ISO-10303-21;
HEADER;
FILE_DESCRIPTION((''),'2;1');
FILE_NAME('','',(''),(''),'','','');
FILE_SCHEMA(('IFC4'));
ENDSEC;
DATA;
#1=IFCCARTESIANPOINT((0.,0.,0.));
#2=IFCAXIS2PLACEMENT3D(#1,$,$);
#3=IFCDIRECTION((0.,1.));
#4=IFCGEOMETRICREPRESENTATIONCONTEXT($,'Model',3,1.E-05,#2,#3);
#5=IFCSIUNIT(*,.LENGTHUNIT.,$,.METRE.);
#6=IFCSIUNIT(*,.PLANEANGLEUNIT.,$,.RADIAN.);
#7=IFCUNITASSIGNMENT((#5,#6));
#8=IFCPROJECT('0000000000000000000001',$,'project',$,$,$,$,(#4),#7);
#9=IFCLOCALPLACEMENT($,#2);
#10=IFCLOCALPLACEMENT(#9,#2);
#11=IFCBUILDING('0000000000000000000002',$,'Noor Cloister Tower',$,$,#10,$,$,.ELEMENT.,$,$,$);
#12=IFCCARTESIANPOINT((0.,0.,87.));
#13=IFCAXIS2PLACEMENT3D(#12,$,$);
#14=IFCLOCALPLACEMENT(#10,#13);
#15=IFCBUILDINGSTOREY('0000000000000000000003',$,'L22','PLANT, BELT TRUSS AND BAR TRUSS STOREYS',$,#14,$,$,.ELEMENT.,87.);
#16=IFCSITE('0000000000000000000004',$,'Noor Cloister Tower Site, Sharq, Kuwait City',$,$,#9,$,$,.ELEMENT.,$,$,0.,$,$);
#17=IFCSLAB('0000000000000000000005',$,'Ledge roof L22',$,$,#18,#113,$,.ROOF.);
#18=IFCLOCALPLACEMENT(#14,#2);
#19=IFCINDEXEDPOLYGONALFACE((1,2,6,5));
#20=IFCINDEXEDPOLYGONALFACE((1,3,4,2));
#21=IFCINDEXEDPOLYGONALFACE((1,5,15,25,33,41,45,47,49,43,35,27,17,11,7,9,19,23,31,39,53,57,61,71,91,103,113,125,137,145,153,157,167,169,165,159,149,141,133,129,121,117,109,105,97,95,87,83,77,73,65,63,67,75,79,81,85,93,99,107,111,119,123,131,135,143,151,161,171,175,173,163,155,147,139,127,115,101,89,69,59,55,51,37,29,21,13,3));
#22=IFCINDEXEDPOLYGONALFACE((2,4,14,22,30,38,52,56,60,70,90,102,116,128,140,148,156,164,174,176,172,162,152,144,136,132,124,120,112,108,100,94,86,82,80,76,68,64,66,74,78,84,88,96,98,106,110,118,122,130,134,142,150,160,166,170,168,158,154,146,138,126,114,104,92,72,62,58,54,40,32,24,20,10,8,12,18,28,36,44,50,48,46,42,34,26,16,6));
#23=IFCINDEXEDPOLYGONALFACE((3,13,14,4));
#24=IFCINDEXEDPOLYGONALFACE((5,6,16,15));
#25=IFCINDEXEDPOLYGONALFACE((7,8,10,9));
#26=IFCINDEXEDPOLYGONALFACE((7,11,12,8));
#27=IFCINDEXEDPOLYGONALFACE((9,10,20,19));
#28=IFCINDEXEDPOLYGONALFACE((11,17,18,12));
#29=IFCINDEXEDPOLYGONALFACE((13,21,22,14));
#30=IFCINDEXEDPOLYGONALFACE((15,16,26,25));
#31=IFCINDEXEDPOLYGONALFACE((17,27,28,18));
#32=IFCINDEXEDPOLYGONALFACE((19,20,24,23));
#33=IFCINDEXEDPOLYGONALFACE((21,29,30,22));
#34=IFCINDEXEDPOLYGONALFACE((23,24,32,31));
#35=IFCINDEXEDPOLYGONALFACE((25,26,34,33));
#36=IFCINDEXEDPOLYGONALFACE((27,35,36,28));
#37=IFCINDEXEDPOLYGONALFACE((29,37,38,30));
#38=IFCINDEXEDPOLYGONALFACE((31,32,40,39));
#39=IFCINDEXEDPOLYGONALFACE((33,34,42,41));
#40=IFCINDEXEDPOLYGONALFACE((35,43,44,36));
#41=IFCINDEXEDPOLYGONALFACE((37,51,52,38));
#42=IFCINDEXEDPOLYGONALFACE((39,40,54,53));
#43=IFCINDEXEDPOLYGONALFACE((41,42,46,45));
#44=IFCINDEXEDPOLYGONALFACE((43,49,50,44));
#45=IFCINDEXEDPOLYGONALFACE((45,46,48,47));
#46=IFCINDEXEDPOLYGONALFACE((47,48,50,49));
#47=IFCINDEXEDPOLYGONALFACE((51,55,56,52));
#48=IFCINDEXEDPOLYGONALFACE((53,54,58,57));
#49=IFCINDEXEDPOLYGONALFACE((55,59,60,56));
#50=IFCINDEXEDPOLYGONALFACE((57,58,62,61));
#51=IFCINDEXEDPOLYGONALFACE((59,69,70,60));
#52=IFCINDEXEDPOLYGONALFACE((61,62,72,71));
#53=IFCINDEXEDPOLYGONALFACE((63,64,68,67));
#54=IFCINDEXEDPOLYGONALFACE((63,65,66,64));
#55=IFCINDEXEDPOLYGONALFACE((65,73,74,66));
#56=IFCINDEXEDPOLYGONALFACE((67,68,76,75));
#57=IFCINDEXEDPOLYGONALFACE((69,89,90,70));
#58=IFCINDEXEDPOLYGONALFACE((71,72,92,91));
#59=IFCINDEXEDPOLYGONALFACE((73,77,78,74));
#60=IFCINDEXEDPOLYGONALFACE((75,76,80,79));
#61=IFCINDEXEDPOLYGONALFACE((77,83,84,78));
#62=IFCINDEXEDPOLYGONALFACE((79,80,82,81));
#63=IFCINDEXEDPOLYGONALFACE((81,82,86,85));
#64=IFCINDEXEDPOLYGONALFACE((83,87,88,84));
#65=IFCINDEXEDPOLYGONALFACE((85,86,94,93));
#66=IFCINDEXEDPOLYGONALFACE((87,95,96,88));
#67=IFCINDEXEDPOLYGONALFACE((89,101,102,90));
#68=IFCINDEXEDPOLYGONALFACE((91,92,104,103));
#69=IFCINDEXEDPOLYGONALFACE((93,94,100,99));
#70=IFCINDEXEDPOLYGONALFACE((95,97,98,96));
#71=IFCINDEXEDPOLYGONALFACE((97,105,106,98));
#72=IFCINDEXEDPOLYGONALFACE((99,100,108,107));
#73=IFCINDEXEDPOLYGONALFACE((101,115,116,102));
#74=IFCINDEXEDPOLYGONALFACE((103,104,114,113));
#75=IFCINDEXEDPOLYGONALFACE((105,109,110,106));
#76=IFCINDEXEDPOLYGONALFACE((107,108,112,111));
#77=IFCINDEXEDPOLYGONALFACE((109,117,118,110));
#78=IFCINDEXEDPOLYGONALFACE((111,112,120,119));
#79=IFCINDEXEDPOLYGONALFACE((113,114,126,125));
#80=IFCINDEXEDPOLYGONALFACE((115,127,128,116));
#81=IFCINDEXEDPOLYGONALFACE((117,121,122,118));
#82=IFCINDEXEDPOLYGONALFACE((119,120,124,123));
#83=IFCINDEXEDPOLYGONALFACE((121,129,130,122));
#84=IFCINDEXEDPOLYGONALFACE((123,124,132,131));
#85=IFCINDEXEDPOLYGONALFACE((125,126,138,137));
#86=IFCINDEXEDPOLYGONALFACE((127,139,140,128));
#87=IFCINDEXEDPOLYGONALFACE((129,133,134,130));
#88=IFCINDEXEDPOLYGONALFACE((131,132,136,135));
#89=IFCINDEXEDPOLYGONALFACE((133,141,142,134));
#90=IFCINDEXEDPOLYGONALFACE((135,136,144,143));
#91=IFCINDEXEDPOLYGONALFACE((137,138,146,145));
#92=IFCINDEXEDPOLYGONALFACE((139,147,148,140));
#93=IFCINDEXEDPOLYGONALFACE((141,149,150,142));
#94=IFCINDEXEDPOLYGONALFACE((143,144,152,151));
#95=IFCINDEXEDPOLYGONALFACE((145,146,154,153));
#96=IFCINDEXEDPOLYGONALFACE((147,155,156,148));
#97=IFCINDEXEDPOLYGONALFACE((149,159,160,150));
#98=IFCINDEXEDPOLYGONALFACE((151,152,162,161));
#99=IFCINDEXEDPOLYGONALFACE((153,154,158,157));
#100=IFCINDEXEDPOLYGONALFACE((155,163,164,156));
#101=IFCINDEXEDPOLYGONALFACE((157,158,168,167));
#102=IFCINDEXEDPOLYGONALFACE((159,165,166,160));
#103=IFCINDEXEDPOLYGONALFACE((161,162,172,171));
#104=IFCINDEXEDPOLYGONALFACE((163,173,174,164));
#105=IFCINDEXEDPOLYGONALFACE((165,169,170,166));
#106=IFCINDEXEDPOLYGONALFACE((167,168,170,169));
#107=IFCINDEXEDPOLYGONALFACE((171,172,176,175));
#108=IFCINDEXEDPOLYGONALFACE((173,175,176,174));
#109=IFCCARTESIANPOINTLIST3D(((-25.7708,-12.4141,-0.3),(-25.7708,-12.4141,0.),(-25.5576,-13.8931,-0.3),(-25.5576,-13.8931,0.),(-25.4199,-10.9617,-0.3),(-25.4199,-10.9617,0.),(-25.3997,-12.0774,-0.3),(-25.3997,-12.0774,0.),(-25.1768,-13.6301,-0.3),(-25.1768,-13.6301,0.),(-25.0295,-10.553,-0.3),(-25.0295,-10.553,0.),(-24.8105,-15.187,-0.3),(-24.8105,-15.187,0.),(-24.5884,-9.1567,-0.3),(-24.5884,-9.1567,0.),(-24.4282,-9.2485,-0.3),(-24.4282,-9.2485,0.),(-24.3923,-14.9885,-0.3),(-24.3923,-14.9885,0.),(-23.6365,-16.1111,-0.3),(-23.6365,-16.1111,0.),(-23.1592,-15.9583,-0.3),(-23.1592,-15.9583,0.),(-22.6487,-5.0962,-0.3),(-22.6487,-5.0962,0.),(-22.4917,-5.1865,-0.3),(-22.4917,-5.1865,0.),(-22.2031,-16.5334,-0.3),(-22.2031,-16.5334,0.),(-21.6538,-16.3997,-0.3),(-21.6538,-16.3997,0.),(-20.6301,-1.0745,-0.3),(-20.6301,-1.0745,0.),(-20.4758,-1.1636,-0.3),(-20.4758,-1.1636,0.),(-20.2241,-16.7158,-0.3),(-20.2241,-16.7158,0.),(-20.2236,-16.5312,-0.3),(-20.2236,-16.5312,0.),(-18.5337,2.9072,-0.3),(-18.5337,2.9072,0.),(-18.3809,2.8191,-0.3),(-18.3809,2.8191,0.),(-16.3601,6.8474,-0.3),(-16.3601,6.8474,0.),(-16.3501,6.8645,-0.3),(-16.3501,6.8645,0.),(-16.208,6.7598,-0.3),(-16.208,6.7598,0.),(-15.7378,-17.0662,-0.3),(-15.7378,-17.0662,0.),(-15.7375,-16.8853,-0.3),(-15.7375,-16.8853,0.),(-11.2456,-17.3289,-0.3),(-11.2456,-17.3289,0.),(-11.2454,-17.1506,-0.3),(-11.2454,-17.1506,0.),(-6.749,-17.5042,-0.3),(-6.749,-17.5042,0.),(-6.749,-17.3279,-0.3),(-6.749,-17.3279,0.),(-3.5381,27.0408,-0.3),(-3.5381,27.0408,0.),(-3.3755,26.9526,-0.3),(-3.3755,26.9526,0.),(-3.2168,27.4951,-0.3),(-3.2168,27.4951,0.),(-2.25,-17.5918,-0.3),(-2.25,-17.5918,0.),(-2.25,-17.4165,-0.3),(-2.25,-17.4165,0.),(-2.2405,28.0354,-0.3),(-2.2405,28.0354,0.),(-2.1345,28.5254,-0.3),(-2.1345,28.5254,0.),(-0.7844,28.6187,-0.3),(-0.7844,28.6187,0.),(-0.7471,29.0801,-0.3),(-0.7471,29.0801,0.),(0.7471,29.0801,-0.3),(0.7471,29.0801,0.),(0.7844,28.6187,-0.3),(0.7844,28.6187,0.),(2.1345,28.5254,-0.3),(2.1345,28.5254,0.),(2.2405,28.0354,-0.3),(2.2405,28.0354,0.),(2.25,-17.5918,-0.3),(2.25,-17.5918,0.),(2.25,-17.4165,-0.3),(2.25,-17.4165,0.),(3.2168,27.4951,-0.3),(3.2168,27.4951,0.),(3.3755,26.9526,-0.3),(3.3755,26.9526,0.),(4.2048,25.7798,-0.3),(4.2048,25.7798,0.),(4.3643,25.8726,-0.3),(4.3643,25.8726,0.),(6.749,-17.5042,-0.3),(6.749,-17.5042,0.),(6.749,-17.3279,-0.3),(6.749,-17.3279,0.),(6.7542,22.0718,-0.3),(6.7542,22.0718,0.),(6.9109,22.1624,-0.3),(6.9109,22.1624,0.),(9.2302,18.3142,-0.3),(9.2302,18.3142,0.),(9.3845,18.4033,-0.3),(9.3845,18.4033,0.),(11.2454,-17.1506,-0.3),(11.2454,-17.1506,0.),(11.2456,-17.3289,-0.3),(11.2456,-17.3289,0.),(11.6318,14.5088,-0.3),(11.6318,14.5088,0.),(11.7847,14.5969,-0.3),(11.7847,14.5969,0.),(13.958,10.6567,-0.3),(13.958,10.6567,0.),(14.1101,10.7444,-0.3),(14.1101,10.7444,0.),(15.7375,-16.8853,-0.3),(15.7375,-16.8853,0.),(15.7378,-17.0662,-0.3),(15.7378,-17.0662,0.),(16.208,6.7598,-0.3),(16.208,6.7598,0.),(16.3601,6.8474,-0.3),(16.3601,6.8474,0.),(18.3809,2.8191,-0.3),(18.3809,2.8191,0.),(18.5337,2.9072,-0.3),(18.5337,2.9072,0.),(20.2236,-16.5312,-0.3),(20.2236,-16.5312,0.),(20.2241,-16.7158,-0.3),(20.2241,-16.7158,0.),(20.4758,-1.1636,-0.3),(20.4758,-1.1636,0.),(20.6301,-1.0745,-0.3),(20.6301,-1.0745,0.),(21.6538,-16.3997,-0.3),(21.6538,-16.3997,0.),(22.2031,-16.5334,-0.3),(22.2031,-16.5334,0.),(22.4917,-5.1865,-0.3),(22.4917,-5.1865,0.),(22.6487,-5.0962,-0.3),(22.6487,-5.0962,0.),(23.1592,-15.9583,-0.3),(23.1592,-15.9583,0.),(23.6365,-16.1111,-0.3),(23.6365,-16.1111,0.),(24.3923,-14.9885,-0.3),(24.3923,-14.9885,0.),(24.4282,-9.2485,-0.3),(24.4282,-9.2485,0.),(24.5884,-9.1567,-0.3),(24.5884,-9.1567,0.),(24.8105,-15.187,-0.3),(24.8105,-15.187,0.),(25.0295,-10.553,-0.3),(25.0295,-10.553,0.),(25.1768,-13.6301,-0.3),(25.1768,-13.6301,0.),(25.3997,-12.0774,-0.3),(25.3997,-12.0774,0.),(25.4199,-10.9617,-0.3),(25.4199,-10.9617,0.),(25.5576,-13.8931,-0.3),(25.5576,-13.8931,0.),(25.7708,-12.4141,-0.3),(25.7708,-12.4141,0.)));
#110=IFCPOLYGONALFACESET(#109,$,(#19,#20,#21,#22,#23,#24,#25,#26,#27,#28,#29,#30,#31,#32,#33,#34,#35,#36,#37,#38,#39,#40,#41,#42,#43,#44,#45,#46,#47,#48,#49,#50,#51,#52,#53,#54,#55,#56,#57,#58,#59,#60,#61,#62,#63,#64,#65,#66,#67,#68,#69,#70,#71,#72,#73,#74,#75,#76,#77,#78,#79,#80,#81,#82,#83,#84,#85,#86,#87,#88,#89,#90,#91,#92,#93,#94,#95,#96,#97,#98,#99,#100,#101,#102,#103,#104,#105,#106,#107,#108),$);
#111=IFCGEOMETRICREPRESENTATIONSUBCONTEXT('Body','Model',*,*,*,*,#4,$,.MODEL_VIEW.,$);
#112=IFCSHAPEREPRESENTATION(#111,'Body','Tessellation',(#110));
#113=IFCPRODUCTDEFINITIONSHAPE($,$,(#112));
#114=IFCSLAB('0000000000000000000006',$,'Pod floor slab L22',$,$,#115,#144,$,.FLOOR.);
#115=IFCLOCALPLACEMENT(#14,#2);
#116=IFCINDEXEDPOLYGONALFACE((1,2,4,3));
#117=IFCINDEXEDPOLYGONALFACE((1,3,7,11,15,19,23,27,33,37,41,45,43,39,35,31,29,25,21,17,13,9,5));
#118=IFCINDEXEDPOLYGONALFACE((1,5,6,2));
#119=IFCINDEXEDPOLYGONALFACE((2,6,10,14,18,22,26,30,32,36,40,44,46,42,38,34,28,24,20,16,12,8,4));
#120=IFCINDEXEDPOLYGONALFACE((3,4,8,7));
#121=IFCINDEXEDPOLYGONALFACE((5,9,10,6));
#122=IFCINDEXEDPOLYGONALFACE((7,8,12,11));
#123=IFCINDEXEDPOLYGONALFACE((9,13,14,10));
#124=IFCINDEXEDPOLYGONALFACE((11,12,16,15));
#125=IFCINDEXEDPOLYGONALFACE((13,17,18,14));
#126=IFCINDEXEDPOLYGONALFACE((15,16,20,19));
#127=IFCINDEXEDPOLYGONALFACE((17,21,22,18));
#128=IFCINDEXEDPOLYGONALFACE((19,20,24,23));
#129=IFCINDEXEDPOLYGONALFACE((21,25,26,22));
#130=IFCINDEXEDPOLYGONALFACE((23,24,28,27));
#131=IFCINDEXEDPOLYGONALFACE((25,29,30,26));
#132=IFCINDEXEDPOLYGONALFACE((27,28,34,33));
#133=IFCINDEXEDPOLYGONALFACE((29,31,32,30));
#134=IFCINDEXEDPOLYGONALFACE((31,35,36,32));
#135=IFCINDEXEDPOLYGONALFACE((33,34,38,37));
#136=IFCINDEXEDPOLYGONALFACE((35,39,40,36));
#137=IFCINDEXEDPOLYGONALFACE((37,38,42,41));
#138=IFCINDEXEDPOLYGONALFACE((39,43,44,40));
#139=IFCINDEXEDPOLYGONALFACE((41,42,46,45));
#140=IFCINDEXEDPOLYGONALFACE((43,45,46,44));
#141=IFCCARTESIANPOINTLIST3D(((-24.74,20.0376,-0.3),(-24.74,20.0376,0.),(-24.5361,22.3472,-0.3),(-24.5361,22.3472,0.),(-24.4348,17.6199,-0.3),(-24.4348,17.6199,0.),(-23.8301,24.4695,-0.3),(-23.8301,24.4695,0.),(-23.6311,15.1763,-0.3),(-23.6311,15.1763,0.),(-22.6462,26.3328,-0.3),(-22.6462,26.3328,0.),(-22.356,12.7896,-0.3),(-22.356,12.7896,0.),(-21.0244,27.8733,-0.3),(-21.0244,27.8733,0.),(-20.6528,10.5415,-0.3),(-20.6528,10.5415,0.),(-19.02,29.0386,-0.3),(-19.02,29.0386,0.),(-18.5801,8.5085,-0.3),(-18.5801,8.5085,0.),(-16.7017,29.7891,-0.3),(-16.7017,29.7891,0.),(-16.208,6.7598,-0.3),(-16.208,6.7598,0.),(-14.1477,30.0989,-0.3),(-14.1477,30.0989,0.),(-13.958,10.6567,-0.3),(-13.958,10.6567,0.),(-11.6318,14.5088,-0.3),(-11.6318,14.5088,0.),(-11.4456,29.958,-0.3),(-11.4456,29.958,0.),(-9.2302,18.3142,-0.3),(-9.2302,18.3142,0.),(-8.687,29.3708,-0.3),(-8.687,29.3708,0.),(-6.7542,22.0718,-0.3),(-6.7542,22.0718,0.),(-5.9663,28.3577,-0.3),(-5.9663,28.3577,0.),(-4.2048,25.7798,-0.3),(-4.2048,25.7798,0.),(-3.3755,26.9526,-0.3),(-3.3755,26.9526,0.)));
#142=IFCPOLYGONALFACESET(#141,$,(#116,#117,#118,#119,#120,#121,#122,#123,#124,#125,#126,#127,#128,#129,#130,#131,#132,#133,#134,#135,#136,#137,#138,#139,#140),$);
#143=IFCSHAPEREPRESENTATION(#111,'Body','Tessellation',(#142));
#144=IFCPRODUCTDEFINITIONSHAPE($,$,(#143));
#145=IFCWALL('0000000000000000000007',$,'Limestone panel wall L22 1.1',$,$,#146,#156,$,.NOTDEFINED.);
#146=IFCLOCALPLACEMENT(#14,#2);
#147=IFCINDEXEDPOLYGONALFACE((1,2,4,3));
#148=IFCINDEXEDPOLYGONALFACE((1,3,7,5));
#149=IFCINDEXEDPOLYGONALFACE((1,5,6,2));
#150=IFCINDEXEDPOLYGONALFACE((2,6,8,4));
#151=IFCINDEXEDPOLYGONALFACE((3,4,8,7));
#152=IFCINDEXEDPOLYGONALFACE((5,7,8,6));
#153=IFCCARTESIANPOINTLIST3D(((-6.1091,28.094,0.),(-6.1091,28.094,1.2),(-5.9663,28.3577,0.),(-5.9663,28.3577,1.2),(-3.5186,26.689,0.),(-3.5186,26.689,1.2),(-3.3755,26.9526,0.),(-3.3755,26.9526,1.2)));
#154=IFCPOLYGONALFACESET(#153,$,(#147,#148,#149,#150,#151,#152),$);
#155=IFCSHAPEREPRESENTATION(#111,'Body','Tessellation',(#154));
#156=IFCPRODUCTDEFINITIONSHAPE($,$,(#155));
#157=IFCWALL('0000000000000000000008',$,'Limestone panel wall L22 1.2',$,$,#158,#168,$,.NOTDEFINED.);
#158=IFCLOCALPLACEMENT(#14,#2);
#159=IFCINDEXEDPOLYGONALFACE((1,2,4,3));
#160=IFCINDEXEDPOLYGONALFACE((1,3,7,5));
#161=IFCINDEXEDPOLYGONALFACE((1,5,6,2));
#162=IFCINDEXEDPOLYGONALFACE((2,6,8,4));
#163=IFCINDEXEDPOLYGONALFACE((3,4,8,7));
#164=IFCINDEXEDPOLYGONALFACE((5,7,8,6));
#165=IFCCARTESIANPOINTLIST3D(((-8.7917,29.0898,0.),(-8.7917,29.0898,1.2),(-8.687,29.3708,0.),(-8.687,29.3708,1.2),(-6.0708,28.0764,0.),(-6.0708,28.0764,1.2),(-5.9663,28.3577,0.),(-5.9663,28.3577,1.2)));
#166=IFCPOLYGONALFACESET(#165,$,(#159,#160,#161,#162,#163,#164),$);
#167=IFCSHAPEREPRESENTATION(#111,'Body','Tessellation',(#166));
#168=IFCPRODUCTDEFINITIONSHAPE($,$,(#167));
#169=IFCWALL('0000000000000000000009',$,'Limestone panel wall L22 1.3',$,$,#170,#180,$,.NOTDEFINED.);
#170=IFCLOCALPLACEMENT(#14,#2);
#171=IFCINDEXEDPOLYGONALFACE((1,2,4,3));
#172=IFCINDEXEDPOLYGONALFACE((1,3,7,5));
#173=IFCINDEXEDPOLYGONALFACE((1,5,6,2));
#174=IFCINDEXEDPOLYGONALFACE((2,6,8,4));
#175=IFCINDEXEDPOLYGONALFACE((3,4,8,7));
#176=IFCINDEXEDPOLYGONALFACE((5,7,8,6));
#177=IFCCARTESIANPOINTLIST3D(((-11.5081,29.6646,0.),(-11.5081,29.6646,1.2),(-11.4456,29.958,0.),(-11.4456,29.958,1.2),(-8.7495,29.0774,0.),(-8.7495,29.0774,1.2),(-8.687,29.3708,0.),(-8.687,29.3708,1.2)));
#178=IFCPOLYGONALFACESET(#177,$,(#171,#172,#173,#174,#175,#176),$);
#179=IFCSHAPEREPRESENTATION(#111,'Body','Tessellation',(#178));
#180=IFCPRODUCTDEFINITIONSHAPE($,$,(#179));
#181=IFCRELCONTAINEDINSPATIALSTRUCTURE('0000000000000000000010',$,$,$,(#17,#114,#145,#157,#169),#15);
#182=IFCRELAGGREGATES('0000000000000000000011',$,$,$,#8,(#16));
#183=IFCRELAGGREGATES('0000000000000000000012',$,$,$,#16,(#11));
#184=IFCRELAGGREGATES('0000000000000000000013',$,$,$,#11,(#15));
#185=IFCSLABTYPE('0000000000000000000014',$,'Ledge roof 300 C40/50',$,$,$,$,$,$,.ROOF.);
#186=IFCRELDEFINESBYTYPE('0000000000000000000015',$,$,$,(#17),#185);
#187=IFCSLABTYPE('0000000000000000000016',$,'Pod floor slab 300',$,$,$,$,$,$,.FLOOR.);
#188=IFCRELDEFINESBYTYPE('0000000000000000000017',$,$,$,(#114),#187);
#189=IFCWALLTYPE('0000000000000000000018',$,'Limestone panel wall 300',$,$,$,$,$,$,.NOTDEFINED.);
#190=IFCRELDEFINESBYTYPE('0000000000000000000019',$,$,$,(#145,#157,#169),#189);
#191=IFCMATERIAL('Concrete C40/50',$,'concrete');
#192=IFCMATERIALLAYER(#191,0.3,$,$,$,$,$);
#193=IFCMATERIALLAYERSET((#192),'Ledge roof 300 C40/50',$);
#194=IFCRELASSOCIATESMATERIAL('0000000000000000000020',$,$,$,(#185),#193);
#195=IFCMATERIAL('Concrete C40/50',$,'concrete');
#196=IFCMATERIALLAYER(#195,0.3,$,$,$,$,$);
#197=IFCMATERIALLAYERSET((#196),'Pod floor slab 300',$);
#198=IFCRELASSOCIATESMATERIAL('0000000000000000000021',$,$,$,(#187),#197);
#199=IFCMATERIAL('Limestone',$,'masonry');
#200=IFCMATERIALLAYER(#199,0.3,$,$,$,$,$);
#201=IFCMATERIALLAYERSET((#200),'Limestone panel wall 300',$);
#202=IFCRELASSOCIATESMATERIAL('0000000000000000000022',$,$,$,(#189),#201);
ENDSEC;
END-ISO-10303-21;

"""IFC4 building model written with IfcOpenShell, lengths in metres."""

from ifc_helpers import new_model, si_unit, direction, frame, origin, place, context, subcontext, project, spatial, polyline, outline, extrude, material, layer, layer_set, type_object, element, save


model = new_model("IFC4")

# Units and contexts
model_context = context("Model", 3, precision=1e-05, world=origin(), true_north=direction((0.0, 1.0)))
body_context = subcontext(model_context, "Body", "Model", "MODEL_VIEW")
ifc_project = project(units=[si_unit("LENGTHUNIT", "METRE"), si_unit("PLANEANGLEUNIT", "RADIAN")], contexts=[model_context])

# Site, building, storey
site_placement = place(None, origin())
site = spatial("IfcSite", under=ifc_project, at=site_placement, Name="Noor Cloister Tower Site, Sharq, Kuwait City", CompositionType="ELEMENT", RefElevation=0.0)
building_placement = place(site_placement, origin())
building = spatial("IfcBuilding", under=site, at=building_placement, Name="Noor Cloister Tower", CompositionType="ELEMENT")
storey_placement = place(building_placement, frame((0.0, 0.0, 87.0)))
storey = spatial("IfcBuildingStorey", under=building, at=storey_placement, Name="L22", Description="PLANT, BELT TRUSS AND BAR TRUSS STOREYS", CompositionType="ELEMENT", Elevation=87.0)

# Slabs
ifc_material_1 = material(Name="Concrete C40/50", Category="concrete")
ifc_layer_1 = layer(ifc_material_1, 0.3)
ifc_layer_set_1 = layer_set([ifc_layer_1], Name="Ledge roof 300 C40/50")
slab_type_1 = type_object("IfcSlabType", Name="Ledge roof 300 C40/50", PredefinedType="ROOF", material=ifc_layer_set_1)
slab_1_placement = place(storey_placement, frame((0.0, 0.0, -0.3)))
element("IfcSlab", 1, at=slab_1_placement, inside=storey, type_object=slab_type_1, Name="Ledge roof L22", PredefinedType="ROOF", context=body_context, shape_type="SweptSolid", body=[
    extrude(outline(polyline([(6.9109, 22.1624), (4.3643, 25.8726), (3.2168, 27.4951), (2.1345, 28.5254), (0.7471, 29.0801), (-0.7471, 29.0801), (-2.1345, 28.5254), (-3.2168, 27.4951), (-3.5381, 27.0408), (-3.3755, 26.9526), (-2.2405, 28.0354), (-0.7844, 28.6187), (0.7844, 28.6187), (2.2405, 28.0354), (3.3755, 26.9526), (4.2048, 25.7798), (6.7542, 22.0718), (9.2302, 18.3142), (11.6318, 14.5088), (13.958, 10.6567), (16.208, 6.7598), (18.3809, 2.8191), (20.4758, -1.1636), (22.4917, -5.1865), (24.4282, -9.2485), (25.0295, -10.553), (25.3997, -12.0774), (25.1768, -13.6301), (24.3923, -14.9885), (23.1592, -15.9583), (21.6538, -16.3997), (20.2236, -16.5312), (15.7375, -16.8853), (11.2454, -17.1506), (6.749, -17.3279), (2.25, -17.4165), (-2.25, -17.4165), (-6.749, -17.3279), (-11.2454, -17.1506), (-15.7375, -16.8853), (-20.2236, -16.5312), (-21.6538, -16.3997), (-23.1592, -15.9583), (-24.3923, -14.9885), (-25.1768, -13.6301), (-25.3997, -12.0774), (-25.0295, -10.553), (-24.4282, -9.2485), (-22.4917, -5.1865), (-20.4758, -1.1636), (-18.3809, 2.8191), (-16.208, 6.7598), (-16.3501, 6.8645), (-16.3601, 6.8474), (-18.5337, 2.9072), (-20.6301, -1.0745), (-22.6487, -5.0962), (-24.5884, -9.1567), (-25.4199, -10.9617), (-25.7708, -12.4141), (-25.5576, -13.8931), (-24.8105, -15.187), (-23.6365, -16.1111), (-22.2031, -16.5334), (-20.2241, -16.7158), (-15.7378, -17.0662), (-11.2456, -17.3289), (-6.749, -17.5042), (-2.25, -17.5918), (2.25, -17.5918), (6.749, -17.5042), (11.2456, -17.3289), (15.7378, -17.0662), (20.2241, -16.7158), (22.2031, -16.5334), (23.6365, -16.1111), (24.8105, -15.187), (25.5576, -13.8931), (25.7708, -12.4141), (25.4199, -10.9617), (24.5884, -9.1567), (22.6487, -5.0962), (20.6301, -1.0745), (18.5337, 2.9072), (16.3601, 6.8474), (14.1101, 10.7444), (11.7847, 14.5969), (9.3845, 18.4033), (6.9109, 22.1624)])), origin(), (0.0, 0.0, 1.0), 0.3),
])
ifc_material_2 = material(Name="Concrete C40/50", Category="concrete")
ifc_layer_2 = layer(ifc_material_2, 0.3)
ifc_layer_set_2 = layer_set([ifc_layer_2], Name="Pod floor slab 300")
slab_type_2 = type_object("IfcSlabType", Name="Pod floor slab 300", PredefinedType="FLOOR", material=ifc_layer_set_2)
slab_2_placement = place(storey_placement, frame((0.0, 0.0, -0.3)))
element("IfcSlab", 2, at=slab_2_placement, inside=storey, type_object=slab_type_2, Name="Pod floor slab L22", PredefinedType="FLOOR", context=body_context, shape_type="SweptSolid", body=[
    extrude(outline(polyline([(-3.3755, 26.9526), (-5.9663, 28.3577), (-8.687, 29.3708), (-11.4456, 29.958), (-14.1477, 30.0989), (-16.7017, 29.7891), (-19.02, 29.0386), (-21.0244, 27.8733), (-22.6462, 26.3328), (-23.8301, 24.4695), (-24.5361, 22.3472), (-24.74, 20.0376), (-24.4348, 17.6199), (-23.6311, 15.1763), (-22.356, 12.7896), (-20.6528, 10.5415), (-18.5801, 8.5085), (-16.208, 6.7598), (-13.958, 10.6567), (-11.6318, 14.5088), (-9.2302, 18.3142), (-6.7542, 22.0718), (-4.2048, 25.7798), (-3.3755, 26.9526)])), origin(), (0.0, 0.0, 1.0), 0.3),
])

# Walls
ifc_material_3 = material(Name="Limestone", Category="masonry")
ifc_layer_3 = layer(ifc_material_3, 0.3)
ifc_layer_set_3 = layer_set([ifc_layer_3], Name="Limestone panel wall 300")
wall_type_1 = type_object("IfcWallType", Name="Limestone panel wall 300", PredefinedType="NOTDEFINED", material=ifc_layer_set_3)
wall_1_placement = place(storey_placement, origin())
element("IfcWall", 3, at=wall_1_placement, inside=storey, type_object=wall_type_1, Name="Limestone panel wall L22 1.1", PredefinedType="NOTDEFINED", context=body_context, shape_type="SweptSolid", body=[
    extrude(outline(polyline([(-3.3755, 26.9526), (-5.9663, 28.3577), (-6.1091, 28.094), (-3.5186, 26.689), (-3.3755, 26.9526)])), origin(), (0.0, 0.0, 1.0), 1.2),
])
wall_2_placement = place(storey_placement, origin())
element("IfcWall", 4, at=wall_2_placement, inside=storey, type_object=wall_type_1, Name="Limestone panel wall L22 1.2", PredefinedType="NOTDEFINED", context=body_context, shape_type="SweptSolid", body=[
    extrude(outline(polyline([(-5.9663, 28.3577), (-8.687, 29.3708), (-8.7917, 29.0898), (-6.0708, 28.0764), (-5.9663, 28.3577)])), origin(), (0.0, 0.0, 1.0), 1.2),
])
wall_3_placement = place(storey_placement, origin())
element("IfcWall", 5, at=wall_3_placement, inside=storey, type_object=wall_type_1, Name="Limestone panel wall L22 1.3", PredefinedType="NOTDEFINED", context=body_context, shape_type="SweptSolid", body=[
    extrude(outline(polyline([(-8.687, 29.3708), (-11.4456, 29.958), (-11.5081, 29.6646), (-8.7495, 29.0774), (-8.687, 29.3708)])), origin(), (0.0, 0.0, 1.0), 1.2),
])

save(model, "model.ifc")
